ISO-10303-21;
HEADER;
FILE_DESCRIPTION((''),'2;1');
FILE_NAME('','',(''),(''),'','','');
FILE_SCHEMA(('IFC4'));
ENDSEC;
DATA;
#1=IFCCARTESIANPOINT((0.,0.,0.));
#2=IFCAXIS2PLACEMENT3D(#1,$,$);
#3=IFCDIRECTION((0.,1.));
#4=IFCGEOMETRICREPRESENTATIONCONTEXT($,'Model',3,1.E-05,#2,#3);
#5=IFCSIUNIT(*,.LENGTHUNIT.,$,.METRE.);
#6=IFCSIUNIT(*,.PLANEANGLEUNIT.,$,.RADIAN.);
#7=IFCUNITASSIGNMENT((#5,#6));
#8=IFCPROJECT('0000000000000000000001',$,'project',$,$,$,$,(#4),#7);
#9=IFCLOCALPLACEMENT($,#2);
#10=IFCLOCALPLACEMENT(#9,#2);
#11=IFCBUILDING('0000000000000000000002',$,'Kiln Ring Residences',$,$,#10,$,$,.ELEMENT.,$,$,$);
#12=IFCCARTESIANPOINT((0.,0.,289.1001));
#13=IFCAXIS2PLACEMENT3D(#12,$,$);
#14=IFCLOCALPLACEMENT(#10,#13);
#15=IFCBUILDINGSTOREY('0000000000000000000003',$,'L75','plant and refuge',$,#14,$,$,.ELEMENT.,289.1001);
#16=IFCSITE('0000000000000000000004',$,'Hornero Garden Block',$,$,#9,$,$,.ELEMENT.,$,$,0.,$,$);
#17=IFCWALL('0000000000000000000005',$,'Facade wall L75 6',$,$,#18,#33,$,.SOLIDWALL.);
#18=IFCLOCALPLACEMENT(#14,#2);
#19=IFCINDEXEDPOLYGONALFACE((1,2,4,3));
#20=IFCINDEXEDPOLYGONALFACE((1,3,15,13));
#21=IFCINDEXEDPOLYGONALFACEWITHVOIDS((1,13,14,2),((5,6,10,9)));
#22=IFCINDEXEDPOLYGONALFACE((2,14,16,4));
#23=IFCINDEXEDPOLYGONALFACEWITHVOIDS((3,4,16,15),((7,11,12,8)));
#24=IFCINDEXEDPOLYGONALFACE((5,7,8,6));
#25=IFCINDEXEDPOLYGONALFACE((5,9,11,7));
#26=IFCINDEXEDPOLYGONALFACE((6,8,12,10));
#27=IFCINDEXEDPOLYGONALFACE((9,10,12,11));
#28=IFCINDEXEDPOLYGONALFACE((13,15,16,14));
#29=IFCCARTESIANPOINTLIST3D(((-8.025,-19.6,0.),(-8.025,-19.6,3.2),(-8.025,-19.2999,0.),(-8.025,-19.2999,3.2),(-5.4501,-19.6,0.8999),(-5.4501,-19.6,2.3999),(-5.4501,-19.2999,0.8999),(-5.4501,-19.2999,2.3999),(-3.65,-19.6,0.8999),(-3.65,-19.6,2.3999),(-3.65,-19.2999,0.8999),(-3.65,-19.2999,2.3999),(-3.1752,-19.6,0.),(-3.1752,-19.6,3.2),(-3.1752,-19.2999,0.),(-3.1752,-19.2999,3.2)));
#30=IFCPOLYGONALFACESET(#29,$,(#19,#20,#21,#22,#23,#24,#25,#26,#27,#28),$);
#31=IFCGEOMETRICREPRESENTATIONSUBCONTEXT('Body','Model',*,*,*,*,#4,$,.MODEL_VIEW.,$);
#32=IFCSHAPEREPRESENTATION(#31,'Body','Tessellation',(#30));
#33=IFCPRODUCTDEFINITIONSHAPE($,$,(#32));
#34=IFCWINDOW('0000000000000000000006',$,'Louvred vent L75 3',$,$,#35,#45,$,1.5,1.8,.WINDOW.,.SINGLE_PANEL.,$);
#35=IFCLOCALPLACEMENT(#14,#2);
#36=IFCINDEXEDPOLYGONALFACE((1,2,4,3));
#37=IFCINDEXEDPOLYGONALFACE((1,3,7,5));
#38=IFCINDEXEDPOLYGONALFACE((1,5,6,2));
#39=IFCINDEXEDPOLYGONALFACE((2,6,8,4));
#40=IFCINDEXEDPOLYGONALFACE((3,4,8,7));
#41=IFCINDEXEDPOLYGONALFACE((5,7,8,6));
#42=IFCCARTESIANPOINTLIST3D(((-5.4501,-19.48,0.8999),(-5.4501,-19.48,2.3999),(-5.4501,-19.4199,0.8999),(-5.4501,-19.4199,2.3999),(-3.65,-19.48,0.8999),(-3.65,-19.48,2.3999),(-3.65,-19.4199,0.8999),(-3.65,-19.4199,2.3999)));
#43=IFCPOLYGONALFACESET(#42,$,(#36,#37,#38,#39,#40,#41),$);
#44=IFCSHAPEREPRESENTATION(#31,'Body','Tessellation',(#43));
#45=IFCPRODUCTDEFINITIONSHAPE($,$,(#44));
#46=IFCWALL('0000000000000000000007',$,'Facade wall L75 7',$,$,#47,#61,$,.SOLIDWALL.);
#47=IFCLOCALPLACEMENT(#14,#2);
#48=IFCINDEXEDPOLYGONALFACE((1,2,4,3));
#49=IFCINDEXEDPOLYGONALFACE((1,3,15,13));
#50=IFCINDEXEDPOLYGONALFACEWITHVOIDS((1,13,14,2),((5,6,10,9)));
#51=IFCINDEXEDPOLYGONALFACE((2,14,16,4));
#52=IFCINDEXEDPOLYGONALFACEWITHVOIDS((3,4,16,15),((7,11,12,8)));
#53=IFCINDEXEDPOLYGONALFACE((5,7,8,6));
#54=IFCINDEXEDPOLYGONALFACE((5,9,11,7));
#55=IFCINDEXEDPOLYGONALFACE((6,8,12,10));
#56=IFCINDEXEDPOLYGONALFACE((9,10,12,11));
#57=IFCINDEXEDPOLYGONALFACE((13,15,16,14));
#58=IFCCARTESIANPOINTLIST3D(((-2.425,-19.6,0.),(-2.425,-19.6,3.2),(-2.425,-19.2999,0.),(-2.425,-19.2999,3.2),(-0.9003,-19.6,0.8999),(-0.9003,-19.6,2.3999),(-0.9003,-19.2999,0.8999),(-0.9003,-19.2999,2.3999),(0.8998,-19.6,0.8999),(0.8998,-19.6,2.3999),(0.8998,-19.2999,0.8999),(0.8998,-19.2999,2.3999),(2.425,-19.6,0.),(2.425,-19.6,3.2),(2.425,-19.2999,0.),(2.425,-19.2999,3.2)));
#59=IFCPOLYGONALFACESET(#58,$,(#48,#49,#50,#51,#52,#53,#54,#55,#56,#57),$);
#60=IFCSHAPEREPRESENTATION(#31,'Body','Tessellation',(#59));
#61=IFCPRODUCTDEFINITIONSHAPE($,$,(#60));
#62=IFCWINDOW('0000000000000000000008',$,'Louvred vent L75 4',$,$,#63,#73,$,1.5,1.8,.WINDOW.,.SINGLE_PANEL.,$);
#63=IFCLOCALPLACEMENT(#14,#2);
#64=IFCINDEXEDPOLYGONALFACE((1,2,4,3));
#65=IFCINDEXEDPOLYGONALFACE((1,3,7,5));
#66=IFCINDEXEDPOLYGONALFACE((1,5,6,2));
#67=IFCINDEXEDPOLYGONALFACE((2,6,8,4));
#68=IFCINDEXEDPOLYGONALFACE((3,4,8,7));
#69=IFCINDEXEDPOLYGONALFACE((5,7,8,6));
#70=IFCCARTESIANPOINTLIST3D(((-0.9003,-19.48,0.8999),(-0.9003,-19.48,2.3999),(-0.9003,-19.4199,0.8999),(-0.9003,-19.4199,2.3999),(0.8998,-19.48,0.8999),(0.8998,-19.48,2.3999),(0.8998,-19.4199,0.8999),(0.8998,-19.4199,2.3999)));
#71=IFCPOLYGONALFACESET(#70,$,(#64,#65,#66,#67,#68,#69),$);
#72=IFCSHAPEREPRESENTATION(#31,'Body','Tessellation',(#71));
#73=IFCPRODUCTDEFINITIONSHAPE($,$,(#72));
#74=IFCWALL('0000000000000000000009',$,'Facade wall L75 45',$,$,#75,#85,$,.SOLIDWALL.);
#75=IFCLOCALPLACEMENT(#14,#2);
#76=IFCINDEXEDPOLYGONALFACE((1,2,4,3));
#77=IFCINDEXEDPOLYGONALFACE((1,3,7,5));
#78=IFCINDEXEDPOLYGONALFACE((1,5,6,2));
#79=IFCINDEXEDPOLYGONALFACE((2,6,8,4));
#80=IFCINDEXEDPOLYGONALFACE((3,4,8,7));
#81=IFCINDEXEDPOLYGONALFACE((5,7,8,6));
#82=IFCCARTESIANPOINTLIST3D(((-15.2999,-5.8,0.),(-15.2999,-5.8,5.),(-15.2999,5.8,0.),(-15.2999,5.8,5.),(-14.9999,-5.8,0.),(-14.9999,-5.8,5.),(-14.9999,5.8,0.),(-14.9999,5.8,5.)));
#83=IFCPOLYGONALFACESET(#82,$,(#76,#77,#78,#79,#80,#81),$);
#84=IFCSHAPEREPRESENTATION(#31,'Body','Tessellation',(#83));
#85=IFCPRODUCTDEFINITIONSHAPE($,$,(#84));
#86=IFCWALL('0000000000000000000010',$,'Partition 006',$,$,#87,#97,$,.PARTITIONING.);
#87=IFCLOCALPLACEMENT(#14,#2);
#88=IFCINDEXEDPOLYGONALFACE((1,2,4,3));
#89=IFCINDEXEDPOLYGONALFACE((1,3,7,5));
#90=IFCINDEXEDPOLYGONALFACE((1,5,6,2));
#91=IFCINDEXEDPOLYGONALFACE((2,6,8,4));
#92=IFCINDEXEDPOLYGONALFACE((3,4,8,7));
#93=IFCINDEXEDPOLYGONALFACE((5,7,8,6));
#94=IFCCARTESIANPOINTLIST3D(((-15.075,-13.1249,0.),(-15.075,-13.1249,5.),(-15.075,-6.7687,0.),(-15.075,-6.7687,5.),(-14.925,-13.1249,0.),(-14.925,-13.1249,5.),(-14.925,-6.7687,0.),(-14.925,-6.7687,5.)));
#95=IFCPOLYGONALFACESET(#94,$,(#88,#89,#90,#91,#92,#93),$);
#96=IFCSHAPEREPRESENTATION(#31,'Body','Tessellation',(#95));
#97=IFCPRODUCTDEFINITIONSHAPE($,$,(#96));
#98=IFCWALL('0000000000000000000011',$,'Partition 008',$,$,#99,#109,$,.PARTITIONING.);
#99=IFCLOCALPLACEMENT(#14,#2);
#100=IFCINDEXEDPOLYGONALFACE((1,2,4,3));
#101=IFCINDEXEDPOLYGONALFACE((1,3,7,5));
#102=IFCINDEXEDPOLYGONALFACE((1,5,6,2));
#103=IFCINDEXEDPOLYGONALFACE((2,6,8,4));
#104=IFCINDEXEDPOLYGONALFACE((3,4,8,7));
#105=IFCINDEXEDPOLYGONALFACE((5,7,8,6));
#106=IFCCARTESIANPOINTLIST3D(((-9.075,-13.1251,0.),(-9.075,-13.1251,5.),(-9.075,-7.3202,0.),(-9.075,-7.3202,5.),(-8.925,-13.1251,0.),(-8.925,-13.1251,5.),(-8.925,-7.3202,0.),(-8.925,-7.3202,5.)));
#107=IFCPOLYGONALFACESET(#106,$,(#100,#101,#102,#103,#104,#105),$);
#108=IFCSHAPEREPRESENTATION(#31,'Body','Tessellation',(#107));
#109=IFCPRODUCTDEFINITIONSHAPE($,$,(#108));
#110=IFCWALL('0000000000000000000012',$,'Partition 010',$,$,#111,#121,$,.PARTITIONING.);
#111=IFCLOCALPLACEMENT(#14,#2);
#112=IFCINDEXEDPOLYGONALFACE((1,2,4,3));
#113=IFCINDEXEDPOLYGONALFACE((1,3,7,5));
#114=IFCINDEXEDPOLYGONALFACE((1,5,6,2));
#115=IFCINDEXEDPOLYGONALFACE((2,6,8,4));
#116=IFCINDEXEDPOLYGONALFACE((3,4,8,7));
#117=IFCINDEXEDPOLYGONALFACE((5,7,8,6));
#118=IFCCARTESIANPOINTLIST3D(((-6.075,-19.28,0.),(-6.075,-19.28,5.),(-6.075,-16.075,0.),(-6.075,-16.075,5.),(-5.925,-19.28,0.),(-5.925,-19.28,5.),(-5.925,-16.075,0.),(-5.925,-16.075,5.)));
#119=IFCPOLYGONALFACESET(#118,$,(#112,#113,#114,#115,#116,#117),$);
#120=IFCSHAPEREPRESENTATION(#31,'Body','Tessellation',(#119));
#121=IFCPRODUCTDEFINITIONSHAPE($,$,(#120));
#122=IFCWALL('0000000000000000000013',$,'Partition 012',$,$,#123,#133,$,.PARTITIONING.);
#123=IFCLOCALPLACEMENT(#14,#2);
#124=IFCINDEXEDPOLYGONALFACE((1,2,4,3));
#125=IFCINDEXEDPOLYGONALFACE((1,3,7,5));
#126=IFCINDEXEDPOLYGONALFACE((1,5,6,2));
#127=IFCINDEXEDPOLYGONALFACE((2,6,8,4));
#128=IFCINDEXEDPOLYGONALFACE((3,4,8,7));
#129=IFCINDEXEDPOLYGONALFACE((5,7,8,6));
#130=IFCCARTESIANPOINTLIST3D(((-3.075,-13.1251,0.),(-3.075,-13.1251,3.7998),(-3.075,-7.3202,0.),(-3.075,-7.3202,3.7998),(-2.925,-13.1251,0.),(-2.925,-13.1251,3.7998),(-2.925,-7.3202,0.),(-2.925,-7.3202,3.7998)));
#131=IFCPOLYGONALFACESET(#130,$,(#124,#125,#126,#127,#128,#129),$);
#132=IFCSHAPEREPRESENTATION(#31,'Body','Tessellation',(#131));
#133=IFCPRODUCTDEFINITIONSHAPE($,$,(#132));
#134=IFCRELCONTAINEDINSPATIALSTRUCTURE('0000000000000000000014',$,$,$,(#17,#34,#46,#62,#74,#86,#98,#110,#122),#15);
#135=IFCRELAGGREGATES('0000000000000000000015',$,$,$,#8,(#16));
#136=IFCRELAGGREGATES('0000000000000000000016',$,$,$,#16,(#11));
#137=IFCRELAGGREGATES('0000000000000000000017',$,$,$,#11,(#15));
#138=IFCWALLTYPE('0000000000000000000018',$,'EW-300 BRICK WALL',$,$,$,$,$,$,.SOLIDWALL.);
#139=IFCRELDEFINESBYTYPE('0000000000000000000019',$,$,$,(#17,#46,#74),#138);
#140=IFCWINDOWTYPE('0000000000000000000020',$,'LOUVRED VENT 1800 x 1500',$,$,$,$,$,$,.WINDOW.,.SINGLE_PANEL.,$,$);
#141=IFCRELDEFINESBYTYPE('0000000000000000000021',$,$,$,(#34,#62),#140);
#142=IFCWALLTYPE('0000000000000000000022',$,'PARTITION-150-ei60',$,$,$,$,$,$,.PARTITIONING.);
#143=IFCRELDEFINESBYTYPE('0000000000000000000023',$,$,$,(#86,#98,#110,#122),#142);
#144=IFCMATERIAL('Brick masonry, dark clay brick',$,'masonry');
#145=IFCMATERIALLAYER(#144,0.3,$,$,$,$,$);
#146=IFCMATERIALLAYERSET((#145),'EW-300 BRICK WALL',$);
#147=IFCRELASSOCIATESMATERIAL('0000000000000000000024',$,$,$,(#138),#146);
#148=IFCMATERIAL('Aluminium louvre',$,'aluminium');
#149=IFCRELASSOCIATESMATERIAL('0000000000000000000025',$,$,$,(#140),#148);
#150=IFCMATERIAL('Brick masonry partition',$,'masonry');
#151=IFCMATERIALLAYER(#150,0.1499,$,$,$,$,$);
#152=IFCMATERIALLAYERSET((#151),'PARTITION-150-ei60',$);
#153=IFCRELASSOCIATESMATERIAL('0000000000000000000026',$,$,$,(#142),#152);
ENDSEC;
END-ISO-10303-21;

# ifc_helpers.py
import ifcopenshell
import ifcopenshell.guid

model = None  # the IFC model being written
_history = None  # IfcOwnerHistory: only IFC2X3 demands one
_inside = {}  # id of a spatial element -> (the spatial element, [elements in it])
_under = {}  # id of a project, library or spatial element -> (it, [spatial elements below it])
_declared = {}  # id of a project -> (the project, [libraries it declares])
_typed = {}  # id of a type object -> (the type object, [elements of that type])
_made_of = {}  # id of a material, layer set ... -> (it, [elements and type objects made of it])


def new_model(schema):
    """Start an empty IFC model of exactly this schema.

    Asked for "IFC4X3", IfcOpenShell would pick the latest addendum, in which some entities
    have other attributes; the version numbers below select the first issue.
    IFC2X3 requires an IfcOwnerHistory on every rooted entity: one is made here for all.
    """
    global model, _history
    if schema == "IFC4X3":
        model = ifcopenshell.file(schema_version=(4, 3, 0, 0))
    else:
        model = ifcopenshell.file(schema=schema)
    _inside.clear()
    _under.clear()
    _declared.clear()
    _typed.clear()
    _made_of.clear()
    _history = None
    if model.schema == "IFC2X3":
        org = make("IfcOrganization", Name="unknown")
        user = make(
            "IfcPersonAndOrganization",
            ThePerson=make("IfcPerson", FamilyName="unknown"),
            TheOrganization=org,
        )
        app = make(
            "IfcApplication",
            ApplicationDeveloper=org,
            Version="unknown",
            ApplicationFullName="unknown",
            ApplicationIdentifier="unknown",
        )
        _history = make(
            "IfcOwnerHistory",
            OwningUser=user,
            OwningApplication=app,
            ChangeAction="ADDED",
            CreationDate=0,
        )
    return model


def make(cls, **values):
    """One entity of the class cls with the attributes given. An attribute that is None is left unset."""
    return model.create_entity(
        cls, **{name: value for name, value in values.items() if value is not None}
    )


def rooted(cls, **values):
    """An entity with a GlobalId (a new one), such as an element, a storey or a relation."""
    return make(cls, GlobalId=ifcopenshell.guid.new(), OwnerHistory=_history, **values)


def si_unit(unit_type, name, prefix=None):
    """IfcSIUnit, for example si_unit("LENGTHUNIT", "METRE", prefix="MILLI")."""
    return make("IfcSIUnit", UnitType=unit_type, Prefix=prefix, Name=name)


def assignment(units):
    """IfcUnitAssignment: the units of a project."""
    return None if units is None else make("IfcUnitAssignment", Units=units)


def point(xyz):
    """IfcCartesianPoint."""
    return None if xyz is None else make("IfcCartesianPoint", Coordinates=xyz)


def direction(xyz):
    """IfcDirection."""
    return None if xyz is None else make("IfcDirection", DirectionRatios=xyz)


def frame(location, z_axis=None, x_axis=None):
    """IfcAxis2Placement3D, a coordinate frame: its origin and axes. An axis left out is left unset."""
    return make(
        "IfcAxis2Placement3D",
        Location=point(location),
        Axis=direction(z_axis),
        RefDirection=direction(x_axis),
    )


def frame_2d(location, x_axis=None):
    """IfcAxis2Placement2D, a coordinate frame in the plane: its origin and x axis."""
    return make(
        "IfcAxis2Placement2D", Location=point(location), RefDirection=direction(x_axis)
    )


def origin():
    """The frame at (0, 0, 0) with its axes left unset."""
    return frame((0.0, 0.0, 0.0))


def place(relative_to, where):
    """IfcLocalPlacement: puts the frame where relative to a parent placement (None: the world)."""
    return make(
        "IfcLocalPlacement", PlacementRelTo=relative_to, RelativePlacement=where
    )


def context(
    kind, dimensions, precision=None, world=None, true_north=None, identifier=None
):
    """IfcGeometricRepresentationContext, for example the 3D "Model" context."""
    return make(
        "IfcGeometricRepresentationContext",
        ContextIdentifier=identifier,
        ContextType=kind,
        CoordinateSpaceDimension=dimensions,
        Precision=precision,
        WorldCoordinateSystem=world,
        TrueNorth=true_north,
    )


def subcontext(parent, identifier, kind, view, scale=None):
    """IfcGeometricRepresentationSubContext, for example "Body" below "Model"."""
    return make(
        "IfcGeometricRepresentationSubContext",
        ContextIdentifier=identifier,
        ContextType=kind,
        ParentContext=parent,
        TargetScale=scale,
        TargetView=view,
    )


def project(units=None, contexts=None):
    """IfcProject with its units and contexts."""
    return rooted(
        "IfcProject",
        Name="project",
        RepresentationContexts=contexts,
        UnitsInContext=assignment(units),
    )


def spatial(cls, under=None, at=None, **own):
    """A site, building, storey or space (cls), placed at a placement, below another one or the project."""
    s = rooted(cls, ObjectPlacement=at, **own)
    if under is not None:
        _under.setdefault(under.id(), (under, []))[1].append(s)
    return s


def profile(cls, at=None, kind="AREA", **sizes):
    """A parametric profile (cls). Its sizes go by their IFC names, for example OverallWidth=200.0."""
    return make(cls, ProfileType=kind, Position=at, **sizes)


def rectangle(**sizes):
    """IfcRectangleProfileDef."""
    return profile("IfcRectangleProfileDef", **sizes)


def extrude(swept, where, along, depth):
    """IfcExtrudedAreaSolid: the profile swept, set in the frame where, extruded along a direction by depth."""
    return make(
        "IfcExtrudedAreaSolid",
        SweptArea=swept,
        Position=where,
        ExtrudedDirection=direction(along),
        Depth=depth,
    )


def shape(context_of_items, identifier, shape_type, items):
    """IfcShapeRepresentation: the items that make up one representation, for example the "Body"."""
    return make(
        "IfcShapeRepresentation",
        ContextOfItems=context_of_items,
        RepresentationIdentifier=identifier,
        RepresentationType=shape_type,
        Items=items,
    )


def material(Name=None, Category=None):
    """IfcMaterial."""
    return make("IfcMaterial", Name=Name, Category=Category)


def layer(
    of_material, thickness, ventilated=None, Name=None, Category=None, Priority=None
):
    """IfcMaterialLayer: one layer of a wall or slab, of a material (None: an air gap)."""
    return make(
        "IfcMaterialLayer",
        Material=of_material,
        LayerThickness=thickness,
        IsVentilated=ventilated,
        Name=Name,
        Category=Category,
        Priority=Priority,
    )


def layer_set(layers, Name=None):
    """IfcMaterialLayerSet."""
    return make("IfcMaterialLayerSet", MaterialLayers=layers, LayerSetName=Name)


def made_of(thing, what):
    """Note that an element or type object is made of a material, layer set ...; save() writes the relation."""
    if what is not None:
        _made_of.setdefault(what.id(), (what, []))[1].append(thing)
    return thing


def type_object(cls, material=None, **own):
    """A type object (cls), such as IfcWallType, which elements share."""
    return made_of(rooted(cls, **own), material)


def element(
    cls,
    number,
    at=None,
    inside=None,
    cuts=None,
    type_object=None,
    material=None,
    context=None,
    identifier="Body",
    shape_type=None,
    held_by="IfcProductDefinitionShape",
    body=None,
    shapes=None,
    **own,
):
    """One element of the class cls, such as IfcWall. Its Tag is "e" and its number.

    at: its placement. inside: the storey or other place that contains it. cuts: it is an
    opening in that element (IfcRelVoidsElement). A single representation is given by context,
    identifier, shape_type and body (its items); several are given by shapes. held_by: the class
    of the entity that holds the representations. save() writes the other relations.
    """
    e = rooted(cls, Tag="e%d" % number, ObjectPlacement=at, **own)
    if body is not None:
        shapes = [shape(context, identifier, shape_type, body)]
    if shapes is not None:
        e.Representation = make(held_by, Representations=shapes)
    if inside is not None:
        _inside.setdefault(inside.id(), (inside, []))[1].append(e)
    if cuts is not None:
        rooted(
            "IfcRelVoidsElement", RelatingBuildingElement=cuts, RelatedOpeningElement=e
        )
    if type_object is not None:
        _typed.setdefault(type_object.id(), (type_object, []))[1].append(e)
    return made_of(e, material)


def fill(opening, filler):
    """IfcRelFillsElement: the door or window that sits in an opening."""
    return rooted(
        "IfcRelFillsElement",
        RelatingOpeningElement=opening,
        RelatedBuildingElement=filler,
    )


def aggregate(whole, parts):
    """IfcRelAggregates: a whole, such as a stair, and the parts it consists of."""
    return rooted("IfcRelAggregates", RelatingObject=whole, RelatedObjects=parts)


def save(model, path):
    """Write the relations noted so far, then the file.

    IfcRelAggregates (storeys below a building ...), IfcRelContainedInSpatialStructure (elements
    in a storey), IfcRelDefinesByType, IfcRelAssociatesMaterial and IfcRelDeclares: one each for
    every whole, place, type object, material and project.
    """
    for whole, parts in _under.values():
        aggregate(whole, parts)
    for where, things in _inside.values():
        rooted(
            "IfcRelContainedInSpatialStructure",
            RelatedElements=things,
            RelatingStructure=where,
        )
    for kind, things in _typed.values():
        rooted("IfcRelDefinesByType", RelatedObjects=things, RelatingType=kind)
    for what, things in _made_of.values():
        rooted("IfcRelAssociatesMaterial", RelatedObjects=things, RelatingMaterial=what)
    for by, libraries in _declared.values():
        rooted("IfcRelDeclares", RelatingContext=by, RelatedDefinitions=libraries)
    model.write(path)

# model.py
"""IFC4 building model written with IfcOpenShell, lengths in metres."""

from ifc_helpers import new_model, si_unit, direction, frame, frame_2d, origin, place, context, subcontext, project, spatial, rectangle, extrude, material, layer, layer_set, type_object, element, fill, save


model = new_model("IFC4")

# Units and contexts
model_context = context("Model", 3, precision=1e-05, world=origin(), true_north=direction((0.0, 1.0)))
body_context = subcontext(model_context, "Body", "Model", "MODEL_VIEW")
ifc_project = project(units=[si_unit("LENGTHUNIT", "METRE"), si_unit("PLANEANGLEUNIT", "RADIAN")], contexts=[model_context])

# Site, building, storey
site_placement = place(None, origin())
site = spatial("IfcSite", under=ifc_project, at=site_placement, Name="Hornero Garden Block", CompositionType="ELEMENT", RefElevation=0.0)
building_placement = place(site_placement, origin())
building = spatial("IfcBuilding", under=site, at=building_placement, Name="Kiln Ring Residences", CompositionType="ELEMENT")
storey_placement = place(building_placement, frame((0.0, 0.0, 289.1001)))
storey = spatial("IfcBuildingStorey", under=building, at=storey_placement, Name="L75", Description="plant and refuge", CompositionType="ELEMENT", Elevation=289.1001)

# Walls, openings, windows
ifc_material_1 = material(Name="Brick masonry, dark clay brick", Category="masonry")
ifc_layer_1 = layer(ifc_material_1, 0.3)
ifc_layer_set_1 = layer_set([ifc_layer_1], Name="EW-300 BRICK WALL")
wall_type_1 = type_object("IfcWallType", Name="EW-300 BRICK WALL", PredefinedType="SOLIDWALL", material=ifc_layer_set_1)
ifc_material_2 = material(Name="Aluminium louvre", Category="aluminium")
window_type = type_object("IfcWindowType", Name="LOUVRED VENT 1800 x 1500", PartitioningType="SINGLE_PANEL", PredefinedType="WINDOW", material=ifc_material_2)
wall_1_placement = place(storey_placement, frame((-8.0249, -19.45, 0.0), z_axis=(0.0, 0.0, 1.0), x_axis=(1.0, 0.0, 0.0)))
wall_1 = element("IfcWall", 1, at=wall_1_placement, inside=storey, type_object=wall_type_1, Name="Facade wall L75 6", PredefinedType="SOLIDWALL", context=body_context, shape_type="SweptSolid", body=[
    extrude(rectangle(XDim=4.8499, YDim=0.3, at=frame_2d((2.4248, 0.0))), origin(), (0.0, 0.0, 1.0), 3.2),
])
opening_1_placement = place(wall_1_placement, frame((2.575, 0.0, 0.8999)))
opening_1 = element("IfcOpeningElement", 2, at=opening_1_placement, cuts=wall_1, PredefinedType="OPENING", context=body_context, shape_type="SweptSolid", body=[
    extrude(rectangle(XDim=1.8, YDim=1.5, at=frame_2d((0.8999, 0.75))), frame((0.0, 0.1599, 0.0), z_axis=(0.0, -1.0, 0.0), x_axis=(1.0, 0.0, 0.0)), (0.0, 0.0, 1.0), 0.3201),
])
window_1_placement = place(opening_1_placement, origin())
window_1 = element("IfcWindow", 3, at=window_1_placement, inside=storey, type_object=window_type, Name="Louvred vent L75 3", OverallHeight=1.5, OverallWidth=1.8, PartitioningType="SINGLE_PANEL", PredefinedType="WINDOW", context=body_context, shape_type="SweptSolid", body=[
    extrude(rectangle(XDim=1.8, YDim=1.5, at=frame_2d((0.8999, 0.75))), frame((0.0, 0.03, 0.0), z_axis=(0.0, -1.0, 0.0), x_axis=(1.0, 0.0, 0.0)), (0.0, 0.0, 1.0), 0.0601),
])
fill(opening_1, window_1)
wall_2_placement = place(storey_placement, frame((-2.425, -19.45, 0.0), z_axis=(0.0, 0.0, 1.0), x_axis=(1.0, 0.0, 0.0)))
wall_2 = element("IfcWall", 4, at=wall_2_placement, inside=storey, type_object=wall_type_1, Name="Facade wall L75 7", PredefinedType="SOLIDWALL", context=body_context, shape_type="SweptSolid", body=[
    extrude(rectangle(XDim=4.8501, YDim=0.3, at=frame_2d((2.425, 0.0))), origin(), (0.0, 0.0, 1.0), 3.2),
])
opening_2_placement = place(wall_2_placement, frame((1.5249, 0.0, 0.8999)))
opening_2 = element("IfcOpeningElement", 5, at=opening_2_placement, cuts=wall_2, PredefinedType="OPENING", context=body_context, shape_type="SweptSolid", body=[
    extrude(rectangle(XDim=1.8, YDim=1.5, at=frame_2d((0.8999, 0.75))), frame((0.0, 0.1599, 0.0), z_axis=(0.0, -1.0, 0.0), x_axis=(1.0, 0.0, 0.0)), (0.0, 0.0, 1.0), 0.3201),
])
window_2_placement = place(opening_2_placement, origin())
window_2 = element("IfcWindow", 6, at=window_2_placement, inside=storey, type_object=window_type, Name="Louvred vent L75 4", OverallHeight=1.5, OverallWidth=1.8, PartitioningType="SINGLE_PANEL", PredefinedType="WINDOW", context=body_context, shape_type="SweptSolid", body=[
    extrude(rectangle(XDim=1.8, YDim=1.5, at=frame_2d((0.8999, 0.75))), frame((0.0, 0.03, 0.0), z_axis=(0.0, -1.0, 0.0), x_axis=(1.0, 0.0, 0.0)), (0.0, 0.0, 1.0), 0.0601),
])
fill(opening_2, window_2)

# Walls
wall_3_placement = place(storey_placement, frame((-15.1499, -5.8, 0.0), z_axis=(0.0, 0.0, 1.0), x_axis=(0.0, 1.0, 0.0)))
element("IfcWall", 7, at=wall_3_placement, inside=storey, type_object=wall_type_1, Name="Facade wall L75 45", PredefinedType="SOLIDWALL", context=body_context, shape_type="SweptSolid", body=[
    extrude(rectangle(XDim=11.6001, YDim=0.3, at=frame_2d((5.8, 0.0))), origin(), (0.0, 0.0, 1.0), 5.0),
])
ifc_material_3 = material(Name="Brick masonry partition", Category="masonry")
ifc_layer_2 = layer(ifc_material_3, 0.1499)
ifc_layer_set_2 = layer_set([ifc_layer_2], Name="PARTITION-150-ei60")
wall_type_2 = type_object("IfcWallType", Name="PARTITION-150-ei60", PredefinedType="PARTITIONING", material=ifc_layer_set_2)
wall_4_placement = place(storey_placement, frame((-15.0, -13.125, 0.0), z_axis=(0.0, 0.0, 1.0), x_axis=(0.0, 1.0, 0.0)))
element("IfcWall", 8, at=wall_4_placement, inside=storey, type_object=wall_type_2, Name="Partition 006", PredefinedType="PARTITIONING", context=body_context, shape_type="SweptSolid", body=[
    extrude(rectangle(XDim=6.3562, YDim=0.1499, at=frame_2d((3.1782, 0.0))), origin(), (0.0, 0.0, 1.0), 5.0),
])
wall_5_placement = place(storey_placement, frame((-9.0, -13.125, 0.0), z_axis=(0.0, 0.0, 1.0), x_axis=(0.0, 1.0, 0.0)))
element("IfcWall", 9, at=wall_5_placement, inside=storey, type_object=wall_type_2, Name="Partition 008", PredefinedType="PARTITIONING", context=body_context, shape_type="SweptSolid", body=[
    extrude(rectangle(XDim=5.8049, YDim=0.1499, at=frame_2d((2.9023, 0.0))), origin(), (0.0, 0.0, 1.0), 5.0),
])
wall_6_placement = place(storey_placement, frame((-6.0, -19.28, 0.0), z_axis=(0.0, 0.0, 1.0), x_axis=(0.0, 1.0, 0.0)))
element("IfcWall", 10, at=wall_6_placement, inside=storey, type_object=wall_type_2, Name="Partition 010", PredefinedType="PARTITIONING", context=body_context, shape_type="SweptSolid", body=[
    extrude(rectangle(XDim=3.2051, YDim=0.1499, at=frame_2d((1.6025, 0.0))), origin(), (0.0, 0.0, 1.0), 5.0),
])
wall_7_placement = place(storey_placement, frame((-3.0, -13.125, 0.0), z_axis=(0.0, 0.0, 1.0), x_axis=(0.0, 1.0, 0.0)))
element("IfcWall", 11, at=wall_7_placement, inside=storey, type_object=wall_type_2, Name="Partition 012", PredefinedType="PARTITIONING", context=body_context, shape_type="SweptSolid", body=[
    extrude(rectangle(XDim=5.8049, YDim=0.1499, at=frame_2d((2.9023, 0.0))), origin(), (0.0, 0.0, 1.0), 3.7998),
])

save(model, "model.ifc")
